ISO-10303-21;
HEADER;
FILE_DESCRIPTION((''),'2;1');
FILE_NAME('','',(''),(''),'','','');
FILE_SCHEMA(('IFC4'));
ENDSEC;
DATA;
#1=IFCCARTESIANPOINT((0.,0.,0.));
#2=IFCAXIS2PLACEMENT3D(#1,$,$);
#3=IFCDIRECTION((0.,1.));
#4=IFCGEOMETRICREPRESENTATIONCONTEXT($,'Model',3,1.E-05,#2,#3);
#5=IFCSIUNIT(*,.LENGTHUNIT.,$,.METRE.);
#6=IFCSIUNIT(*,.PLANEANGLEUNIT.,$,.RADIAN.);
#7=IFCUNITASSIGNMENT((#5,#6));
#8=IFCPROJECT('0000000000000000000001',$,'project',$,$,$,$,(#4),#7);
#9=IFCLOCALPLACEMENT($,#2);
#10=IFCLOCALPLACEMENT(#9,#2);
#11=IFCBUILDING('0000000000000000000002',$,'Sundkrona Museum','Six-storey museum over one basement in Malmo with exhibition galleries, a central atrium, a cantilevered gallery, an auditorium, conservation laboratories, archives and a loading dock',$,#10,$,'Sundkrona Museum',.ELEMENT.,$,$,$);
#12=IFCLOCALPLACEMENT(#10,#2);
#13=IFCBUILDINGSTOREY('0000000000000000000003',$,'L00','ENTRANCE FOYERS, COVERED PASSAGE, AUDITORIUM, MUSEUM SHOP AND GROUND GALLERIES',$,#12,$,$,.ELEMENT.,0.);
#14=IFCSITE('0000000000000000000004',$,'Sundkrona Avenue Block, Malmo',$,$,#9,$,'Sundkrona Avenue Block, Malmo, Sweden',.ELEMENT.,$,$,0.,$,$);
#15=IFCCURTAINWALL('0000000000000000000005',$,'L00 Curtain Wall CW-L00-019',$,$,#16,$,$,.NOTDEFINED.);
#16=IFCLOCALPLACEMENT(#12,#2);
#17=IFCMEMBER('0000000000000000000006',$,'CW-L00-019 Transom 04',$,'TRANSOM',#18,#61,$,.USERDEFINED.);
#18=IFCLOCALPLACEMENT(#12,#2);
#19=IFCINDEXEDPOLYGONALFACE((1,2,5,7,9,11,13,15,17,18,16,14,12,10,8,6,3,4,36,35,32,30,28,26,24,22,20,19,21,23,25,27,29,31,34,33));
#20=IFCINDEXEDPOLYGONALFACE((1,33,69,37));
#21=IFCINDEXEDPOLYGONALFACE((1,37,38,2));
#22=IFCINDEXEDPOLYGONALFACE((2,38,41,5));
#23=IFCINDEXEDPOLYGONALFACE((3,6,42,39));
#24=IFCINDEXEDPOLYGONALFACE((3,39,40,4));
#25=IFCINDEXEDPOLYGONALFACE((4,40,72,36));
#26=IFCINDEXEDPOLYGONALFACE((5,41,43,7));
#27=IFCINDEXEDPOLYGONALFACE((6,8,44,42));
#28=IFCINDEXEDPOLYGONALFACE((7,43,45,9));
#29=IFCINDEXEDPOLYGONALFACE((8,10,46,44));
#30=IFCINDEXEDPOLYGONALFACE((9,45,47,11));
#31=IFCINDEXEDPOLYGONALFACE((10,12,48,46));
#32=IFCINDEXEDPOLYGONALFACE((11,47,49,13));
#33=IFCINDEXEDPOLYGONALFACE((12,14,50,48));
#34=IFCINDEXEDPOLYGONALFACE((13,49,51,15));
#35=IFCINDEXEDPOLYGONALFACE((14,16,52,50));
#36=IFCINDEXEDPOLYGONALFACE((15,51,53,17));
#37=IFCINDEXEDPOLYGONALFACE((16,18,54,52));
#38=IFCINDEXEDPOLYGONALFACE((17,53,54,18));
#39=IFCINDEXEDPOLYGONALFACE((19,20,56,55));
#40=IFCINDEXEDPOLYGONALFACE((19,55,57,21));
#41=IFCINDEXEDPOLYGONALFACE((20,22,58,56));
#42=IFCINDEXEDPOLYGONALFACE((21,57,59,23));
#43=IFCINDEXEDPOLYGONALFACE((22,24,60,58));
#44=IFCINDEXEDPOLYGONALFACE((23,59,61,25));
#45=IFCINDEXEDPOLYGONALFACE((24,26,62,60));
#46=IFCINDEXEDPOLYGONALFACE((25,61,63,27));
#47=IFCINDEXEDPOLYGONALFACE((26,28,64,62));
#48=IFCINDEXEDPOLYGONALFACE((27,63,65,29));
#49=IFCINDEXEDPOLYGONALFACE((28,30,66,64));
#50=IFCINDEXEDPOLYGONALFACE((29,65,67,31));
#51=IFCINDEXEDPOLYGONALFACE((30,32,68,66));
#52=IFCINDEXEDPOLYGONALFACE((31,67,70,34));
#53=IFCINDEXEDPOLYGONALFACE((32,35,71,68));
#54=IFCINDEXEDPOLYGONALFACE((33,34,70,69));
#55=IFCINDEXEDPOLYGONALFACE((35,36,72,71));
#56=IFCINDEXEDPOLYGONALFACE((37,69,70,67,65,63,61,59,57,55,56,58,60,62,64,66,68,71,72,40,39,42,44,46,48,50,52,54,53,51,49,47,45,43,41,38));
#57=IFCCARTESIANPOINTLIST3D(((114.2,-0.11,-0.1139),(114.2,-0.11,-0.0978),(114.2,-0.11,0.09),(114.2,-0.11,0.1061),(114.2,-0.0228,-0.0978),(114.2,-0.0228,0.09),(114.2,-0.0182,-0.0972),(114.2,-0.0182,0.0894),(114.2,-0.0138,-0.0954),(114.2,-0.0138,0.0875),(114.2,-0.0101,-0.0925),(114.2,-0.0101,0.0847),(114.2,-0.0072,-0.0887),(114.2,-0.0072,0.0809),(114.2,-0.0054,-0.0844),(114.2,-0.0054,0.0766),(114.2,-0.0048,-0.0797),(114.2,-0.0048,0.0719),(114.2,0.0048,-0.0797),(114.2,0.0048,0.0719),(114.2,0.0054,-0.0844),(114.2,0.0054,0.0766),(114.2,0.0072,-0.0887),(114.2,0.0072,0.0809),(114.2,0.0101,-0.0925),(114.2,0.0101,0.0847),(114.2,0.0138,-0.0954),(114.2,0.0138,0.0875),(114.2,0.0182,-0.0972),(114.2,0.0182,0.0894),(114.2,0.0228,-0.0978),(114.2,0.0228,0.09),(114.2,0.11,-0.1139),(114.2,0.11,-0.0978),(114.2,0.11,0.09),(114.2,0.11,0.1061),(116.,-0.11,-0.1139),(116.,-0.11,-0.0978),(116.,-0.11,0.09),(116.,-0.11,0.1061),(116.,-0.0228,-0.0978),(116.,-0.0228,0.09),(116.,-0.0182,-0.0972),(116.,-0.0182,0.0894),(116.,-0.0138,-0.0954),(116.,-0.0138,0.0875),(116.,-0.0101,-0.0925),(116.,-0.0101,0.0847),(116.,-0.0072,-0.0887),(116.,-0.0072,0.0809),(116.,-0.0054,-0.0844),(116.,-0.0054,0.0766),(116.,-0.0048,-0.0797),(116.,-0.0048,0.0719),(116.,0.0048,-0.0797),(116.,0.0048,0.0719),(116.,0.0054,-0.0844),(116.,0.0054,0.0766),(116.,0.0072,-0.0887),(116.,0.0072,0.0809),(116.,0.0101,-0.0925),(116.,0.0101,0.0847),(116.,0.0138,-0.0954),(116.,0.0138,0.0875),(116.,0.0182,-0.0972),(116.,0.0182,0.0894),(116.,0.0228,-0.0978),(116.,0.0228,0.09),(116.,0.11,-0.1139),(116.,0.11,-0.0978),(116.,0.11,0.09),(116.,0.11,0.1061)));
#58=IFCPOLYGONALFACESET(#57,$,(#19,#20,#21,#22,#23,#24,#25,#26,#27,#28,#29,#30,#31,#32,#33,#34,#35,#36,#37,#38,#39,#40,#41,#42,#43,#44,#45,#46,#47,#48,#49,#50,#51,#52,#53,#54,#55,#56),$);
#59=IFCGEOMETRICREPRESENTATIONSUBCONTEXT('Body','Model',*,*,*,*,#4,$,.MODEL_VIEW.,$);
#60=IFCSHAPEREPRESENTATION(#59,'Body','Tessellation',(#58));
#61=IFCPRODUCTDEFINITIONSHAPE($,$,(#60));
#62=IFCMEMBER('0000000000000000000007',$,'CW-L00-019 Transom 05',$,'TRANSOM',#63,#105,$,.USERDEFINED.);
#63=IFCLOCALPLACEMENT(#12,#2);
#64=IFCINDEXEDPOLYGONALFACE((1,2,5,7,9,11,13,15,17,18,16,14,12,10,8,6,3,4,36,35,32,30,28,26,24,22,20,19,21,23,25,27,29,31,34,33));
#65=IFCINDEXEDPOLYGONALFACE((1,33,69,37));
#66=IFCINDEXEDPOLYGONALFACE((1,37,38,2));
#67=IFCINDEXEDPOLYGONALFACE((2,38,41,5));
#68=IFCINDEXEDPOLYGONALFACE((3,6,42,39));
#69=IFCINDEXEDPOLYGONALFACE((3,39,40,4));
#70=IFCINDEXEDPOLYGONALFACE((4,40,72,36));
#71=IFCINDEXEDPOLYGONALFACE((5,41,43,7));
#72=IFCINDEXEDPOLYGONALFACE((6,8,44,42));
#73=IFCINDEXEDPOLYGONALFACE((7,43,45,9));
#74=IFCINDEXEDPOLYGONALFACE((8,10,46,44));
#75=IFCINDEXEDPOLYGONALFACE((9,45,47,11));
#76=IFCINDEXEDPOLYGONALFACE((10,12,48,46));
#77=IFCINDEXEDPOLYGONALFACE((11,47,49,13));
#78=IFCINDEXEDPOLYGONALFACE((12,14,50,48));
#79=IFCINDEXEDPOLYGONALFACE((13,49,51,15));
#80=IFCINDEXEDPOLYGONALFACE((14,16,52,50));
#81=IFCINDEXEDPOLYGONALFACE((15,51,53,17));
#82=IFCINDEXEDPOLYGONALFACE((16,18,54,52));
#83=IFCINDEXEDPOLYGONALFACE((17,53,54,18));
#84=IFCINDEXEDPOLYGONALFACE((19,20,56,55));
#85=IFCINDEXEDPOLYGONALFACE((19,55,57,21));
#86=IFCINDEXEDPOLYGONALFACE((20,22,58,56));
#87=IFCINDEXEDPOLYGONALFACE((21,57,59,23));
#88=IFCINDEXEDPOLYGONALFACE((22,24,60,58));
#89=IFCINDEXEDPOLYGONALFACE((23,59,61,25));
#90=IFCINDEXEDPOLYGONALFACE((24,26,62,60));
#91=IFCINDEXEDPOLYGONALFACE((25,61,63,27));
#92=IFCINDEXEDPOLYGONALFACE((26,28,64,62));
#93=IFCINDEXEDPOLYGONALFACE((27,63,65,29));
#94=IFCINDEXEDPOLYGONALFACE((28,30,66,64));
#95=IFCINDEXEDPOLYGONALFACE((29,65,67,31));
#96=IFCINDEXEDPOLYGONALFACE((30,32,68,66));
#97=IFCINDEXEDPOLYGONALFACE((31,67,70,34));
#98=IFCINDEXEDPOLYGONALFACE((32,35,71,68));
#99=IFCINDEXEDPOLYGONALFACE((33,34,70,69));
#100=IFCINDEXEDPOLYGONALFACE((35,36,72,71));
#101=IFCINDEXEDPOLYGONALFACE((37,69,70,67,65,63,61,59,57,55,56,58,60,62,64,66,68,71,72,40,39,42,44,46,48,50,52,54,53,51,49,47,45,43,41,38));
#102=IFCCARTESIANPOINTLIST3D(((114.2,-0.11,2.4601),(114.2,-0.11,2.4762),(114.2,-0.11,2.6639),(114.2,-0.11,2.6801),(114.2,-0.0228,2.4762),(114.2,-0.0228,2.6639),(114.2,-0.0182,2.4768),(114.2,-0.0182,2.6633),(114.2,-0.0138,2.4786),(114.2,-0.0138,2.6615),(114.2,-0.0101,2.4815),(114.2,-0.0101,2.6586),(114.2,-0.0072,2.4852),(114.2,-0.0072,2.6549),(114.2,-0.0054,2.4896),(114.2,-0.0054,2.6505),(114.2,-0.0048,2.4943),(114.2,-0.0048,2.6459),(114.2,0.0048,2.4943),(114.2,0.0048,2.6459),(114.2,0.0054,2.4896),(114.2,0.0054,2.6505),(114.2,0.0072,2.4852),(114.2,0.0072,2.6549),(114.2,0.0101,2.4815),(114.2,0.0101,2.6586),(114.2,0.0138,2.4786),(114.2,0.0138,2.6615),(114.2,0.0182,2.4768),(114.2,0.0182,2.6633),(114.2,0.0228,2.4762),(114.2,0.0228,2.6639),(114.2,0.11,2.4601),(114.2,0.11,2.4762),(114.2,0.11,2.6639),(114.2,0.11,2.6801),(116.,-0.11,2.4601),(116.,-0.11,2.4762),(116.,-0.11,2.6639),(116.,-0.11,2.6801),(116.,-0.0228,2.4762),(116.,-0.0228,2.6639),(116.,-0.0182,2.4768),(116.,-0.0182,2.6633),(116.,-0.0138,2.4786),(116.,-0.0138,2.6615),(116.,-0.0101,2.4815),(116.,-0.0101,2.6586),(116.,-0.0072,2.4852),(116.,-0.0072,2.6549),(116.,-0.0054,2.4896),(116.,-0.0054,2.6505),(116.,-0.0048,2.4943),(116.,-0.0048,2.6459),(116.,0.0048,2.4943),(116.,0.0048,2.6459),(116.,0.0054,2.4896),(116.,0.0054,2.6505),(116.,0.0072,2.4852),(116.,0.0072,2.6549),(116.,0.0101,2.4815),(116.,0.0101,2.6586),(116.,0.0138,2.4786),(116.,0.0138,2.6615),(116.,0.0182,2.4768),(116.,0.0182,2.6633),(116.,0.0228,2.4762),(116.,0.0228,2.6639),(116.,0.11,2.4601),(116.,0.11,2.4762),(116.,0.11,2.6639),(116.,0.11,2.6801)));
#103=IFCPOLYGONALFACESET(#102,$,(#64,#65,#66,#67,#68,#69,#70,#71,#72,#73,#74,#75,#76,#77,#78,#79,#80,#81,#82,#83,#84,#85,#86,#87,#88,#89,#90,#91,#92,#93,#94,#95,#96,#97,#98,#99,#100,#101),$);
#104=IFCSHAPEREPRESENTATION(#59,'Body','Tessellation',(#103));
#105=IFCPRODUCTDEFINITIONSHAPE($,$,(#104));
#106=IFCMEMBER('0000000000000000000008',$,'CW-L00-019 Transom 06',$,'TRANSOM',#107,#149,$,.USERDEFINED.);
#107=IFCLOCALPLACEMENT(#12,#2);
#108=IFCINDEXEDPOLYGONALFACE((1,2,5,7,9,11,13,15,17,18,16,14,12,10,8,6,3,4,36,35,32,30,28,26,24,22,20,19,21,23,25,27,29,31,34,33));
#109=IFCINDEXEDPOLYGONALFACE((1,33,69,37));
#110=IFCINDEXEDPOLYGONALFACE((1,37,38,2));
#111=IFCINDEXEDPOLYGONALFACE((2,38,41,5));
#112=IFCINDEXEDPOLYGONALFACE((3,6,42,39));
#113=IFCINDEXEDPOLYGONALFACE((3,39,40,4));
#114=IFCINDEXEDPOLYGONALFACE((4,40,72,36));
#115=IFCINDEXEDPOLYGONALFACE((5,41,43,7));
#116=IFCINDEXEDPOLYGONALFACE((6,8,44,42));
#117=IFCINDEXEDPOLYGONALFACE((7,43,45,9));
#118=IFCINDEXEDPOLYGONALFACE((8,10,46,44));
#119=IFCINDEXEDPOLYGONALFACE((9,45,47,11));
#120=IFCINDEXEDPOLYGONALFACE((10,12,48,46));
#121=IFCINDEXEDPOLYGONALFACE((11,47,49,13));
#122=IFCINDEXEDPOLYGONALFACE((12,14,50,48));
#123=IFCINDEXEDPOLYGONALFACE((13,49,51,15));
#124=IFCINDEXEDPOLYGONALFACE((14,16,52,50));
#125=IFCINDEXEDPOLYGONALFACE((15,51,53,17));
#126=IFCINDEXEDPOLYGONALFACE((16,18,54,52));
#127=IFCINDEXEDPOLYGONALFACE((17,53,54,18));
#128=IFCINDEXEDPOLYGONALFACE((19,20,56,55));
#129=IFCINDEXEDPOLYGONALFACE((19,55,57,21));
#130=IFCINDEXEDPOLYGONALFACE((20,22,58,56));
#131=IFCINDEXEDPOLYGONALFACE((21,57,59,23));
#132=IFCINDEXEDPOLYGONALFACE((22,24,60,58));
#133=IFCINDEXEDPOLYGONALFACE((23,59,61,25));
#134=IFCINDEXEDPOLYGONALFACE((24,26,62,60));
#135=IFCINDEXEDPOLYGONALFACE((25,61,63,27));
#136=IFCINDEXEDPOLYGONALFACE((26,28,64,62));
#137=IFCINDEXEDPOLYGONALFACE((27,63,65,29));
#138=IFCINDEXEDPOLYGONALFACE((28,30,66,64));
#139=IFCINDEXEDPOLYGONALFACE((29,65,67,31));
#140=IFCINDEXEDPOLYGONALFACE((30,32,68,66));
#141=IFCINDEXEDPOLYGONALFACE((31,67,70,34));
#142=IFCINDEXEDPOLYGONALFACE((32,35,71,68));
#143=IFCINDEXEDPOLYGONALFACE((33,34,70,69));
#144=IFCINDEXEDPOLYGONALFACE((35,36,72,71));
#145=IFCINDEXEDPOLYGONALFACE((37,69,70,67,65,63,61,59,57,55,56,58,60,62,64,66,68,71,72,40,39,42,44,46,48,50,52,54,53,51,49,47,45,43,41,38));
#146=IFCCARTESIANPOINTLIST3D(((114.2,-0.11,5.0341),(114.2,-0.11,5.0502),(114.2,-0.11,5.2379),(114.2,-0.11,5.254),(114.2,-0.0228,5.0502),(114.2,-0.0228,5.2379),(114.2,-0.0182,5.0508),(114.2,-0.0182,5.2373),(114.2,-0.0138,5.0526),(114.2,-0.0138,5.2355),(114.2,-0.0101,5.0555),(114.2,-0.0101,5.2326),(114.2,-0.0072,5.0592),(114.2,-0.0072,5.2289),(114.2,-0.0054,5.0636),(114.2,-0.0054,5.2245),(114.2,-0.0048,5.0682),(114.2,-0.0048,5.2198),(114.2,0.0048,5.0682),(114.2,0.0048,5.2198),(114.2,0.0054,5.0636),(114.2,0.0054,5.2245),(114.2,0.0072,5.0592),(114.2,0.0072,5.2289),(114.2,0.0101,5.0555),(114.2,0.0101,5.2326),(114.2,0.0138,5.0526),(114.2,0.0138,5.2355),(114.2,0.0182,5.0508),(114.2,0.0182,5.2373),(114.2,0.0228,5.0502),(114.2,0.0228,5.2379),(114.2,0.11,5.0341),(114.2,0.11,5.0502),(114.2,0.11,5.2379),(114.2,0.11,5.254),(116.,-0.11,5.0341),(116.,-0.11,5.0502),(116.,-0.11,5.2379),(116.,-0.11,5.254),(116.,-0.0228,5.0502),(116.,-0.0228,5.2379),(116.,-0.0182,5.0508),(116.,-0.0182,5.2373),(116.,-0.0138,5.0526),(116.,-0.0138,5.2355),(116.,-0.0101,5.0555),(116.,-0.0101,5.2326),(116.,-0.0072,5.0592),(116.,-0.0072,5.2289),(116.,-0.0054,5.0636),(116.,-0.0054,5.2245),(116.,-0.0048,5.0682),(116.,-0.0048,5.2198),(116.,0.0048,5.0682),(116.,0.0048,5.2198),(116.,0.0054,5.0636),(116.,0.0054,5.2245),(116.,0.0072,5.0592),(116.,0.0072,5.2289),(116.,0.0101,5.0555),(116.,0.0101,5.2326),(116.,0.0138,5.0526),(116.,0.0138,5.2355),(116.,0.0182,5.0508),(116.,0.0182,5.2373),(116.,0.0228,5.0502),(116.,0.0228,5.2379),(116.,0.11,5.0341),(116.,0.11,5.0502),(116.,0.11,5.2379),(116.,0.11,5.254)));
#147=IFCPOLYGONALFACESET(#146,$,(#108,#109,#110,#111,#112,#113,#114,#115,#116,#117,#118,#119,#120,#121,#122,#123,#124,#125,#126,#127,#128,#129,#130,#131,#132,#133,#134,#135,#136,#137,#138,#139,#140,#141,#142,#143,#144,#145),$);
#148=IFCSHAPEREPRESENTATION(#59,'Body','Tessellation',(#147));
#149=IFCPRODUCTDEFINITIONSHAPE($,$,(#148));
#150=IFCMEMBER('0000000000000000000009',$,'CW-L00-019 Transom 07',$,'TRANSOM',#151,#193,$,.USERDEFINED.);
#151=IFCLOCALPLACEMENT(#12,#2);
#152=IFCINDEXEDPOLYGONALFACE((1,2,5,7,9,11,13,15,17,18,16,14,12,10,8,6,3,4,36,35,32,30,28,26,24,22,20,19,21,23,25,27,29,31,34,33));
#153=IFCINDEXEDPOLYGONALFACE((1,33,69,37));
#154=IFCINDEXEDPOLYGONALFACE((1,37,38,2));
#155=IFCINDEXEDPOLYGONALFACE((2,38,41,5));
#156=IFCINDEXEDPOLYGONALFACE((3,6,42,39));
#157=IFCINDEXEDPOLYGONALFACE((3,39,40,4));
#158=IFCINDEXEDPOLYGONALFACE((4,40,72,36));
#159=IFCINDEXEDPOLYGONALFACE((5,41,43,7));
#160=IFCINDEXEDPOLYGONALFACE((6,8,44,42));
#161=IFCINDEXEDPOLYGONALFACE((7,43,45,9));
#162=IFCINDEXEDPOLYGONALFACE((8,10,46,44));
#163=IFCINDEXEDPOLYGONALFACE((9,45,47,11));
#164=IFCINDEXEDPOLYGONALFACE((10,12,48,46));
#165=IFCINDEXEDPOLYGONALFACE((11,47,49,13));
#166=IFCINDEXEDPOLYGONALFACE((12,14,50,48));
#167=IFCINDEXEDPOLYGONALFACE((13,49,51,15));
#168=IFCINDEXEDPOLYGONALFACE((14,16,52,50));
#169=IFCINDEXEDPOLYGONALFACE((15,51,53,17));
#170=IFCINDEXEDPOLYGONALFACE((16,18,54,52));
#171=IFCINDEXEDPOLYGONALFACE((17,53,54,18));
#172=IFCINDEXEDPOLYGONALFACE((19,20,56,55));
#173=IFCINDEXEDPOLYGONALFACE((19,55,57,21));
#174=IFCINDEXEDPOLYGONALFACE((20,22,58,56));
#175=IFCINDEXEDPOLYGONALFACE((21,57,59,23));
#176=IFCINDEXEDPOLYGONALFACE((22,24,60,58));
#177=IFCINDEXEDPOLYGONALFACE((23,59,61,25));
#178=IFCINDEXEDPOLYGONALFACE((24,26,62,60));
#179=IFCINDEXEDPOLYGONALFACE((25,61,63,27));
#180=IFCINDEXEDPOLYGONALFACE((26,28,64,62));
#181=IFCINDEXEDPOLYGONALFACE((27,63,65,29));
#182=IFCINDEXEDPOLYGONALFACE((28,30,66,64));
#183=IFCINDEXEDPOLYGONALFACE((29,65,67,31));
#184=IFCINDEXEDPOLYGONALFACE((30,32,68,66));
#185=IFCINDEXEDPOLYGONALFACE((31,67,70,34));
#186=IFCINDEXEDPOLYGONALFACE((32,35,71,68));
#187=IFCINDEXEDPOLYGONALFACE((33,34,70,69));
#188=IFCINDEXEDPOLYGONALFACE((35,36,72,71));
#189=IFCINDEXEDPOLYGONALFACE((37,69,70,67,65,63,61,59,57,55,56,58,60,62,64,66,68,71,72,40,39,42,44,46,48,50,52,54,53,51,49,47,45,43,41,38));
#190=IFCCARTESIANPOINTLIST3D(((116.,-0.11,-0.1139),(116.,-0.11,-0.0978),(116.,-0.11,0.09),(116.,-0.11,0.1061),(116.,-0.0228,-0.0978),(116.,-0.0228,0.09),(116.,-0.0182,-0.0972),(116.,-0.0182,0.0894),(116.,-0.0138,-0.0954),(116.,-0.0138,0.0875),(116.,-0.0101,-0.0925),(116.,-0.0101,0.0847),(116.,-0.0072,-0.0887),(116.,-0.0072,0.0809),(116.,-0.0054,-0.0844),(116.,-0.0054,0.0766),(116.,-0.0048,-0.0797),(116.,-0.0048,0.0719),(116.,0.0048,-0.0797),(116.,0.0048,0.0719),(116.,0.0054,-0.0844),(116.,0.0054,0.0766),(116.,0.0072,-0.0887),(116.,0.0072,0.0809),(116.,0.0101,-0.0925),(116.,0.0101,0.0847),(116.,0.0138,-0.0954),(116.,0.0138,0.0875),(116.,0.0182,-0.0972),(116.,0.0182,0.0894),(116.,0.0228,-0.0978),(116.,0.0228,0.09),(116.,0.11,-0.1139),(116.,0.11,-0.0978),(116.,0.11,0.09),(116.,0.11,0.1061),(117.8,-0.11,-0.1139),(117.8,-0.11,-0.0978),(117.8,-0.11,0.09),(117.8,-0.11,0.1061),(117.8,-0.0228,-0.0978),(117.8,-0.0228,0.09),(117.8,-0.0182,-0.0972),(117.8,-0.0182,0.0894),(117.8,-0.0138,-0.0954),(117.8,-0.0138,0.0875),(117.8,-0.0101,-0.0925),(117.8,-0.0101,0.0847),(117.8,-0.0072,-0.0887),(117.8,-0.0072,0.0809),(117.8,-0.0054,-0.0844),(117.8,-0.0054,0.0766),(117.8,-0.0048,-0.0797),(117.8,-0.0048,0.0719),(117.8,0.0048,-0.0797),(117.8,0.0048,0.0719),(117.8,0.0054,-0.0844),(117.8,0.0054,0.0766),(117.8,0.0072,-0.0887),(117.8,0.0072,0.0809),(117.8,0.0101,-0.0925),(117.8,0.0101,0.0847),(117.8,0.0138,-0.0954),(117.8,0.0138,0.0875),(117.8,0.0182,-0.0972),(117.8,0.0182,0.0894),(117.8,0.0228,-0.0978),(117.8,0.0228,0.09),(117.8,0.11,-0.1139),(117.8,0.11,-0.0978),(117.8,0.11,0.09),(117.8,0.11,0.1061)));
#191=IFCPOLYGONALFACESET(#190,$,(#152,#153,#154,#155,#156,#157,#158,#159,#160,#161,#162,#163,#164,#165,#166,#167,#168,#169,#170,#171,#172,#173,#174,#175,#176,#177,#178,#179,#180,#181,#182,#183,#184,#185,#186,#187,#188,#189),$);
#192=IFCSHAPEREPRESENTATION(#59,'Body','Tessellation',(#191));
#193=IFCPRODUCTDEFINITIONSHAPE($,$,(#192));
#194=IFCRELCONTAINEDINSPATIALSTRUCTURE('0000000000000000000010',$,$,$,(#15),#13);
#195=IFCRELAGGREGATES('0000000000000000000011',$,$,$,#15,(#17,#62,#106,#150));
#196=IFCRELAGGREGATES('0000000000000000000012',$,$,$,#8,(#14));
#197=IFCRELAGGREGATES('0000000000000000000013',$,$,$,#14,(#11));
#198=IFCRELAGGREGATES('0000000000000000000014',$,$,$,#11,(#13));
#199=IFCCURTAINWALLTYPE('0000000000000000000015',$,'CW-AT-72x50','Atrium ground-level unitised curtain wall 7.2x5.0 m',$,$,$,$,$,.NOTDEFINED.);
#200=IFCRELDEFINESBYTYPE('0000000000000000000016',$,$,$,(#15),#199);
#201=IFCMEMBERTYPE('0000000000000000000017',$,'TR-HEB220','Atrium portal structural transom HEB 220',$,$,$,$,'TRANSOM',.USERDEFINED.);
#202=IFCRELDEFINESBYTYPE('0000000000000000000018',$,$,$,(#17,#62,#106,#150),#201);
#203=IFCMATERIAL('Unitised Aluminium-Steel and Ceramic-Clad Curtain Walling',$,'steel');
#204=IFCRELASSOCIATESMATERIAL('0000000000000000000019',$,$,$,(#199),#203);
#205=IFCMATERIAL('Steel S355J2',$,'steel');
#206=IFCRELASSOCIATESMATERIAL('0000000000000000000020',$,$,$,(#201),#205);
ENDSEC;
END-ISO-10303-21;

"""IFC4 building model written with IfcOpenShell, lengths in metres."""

from ifc_helpers import new_model, si_unit, direction, frame, origin, origin_2d, place, context, subcontext, project, spatial, i_section, extrude, material, material_profile, profile_set, type_object, element, aggregate, save


model = new_model("IFC4")

# Units and contexts
model_context = context("Model", 3, precision=1e-05, world=origin(), true_north=direction((0.0, 1.0)))
body_context = subcontext(model_context, "Body", "Model", "MODEL_VIEW")
ifc_project = project(units=[si_unit("LENGTHUNIT", "METRE"), si_unit("PLANEANGLEUNIT", "RADIAN")], contexts=[model_context])

# Site, building, storey
site_placement = place(None, origin())
site = spatial("IfcSite", under=ifc_project, at=site_placement, Name="Sundkrona Avenue Block, Malmo", LongName="Sundkrona Avenue Block, Malmo, Sweden", CompositionType="ELEMENT", RefElevation=0.0)
building_placement = place(site_placement, origin())
building = spatial("IfcBuilding", under=site, at=building_placement, Name="Sundkrona Museum", Description="Six-storey museum over one basement in Malmo with exhibition galleries, a central atrium, a cantilevered gallery, an auditorium, conservation laboratories, archives and a loading dock", LongName="Sundkrona Museum", CompositionType="ELEMENT")
storey_placement = place(building_placement, origin())
storey = spatial("IfcBuildingStorey", under=building, at=storey_placement, Name="L00", Description="ENTRANCE FOYERS, COVERED PASSAGE, AUDITORIUM, MUSEUM SHOP AND GROUND GALLERIES", CompositionType="ELEMENT", Elevation=0.0)

# Shared definitions
ifc_material_1 = material(Name="Steel S355J2", Category="steel")

# Curtain wall
ifc_material_2 = material(Name="Unitised Aluminium-Steel and Ceramic-Clad Curtain Walling", Category="steel")
curtain_wall_type = type_object("IfcCurtainWallType", Name="CW-AT-72x50", Description="Atrium ground-level unitised curtain wall 7.2x5.0 m", PredefinedType="NOTDEFINED", material=ifc_material_2)
curtain_wall_placement = place(storey_placement, origin())
curtain_wall = element("IfcCurtainWall", 1, at=curtain_wall_placement, inside=storey, type_object=curtain_wall_type, Name="L00 Curtain Wall CW-L00-019", PredefinedType="NOTDEFINED")

# Members
ifc_material_profile_1 = material_profile(ifc_material_1, i_section(OverallWidth=0.22, OverallDepth=0.22, WebThickness=0.0095, FlangeThickness=0.0161, FilletRadius=0.0181, at=origin_2d()), Name="HEB 220")
ifc_profile_set_1 = profile_set([ifc_material_profile_1], Name="Steel S355J2")
member_type_1 = type_object("IfcMemberType", Name="TR-HEB220", Description="Atrium portal structural transom HEB 220", ElementType="TRANSOM", PredefinedType="USERDEFINED", material=ifc_profile_set_1)
member_1_placement = place(storey_placement, frame((114.2, 0.0, -0.0039), z_axis=(1.0, 0.0, 0.0), x_axis=(0.0, 1.0, 0.0)))
member_1 = element("IfcMember", 2, at=member_1_placement, type_object=member_type_1, Name="CW-L00-019 Transom 04", ObjectType="TRANSOM", PredefinedType="USERDEFINED", context=body_context, shape_type="SweptSolid", body=[
    extrude(i_section(OverallWidth=0.22, OverallDepth=0.22, WebThickness=0.0095, FlangeThickness=0.0161, FilletRadius=0.0181, at=origin_2d()), origin(), (0.0, 0.0, 1.0), 1.8),
])
member_2_placement = place(storey_placement, frame((114.2, 0.0, 2.5701), z_axis=(1.0, 0.0, 0.0), x_axis=(0.0, 1.0, 0.0)))
member_2 = element("IfcMember", 3, at=member_2_placement, type_object=member_type_1, Name="CW-L00-019 Transom 05", ObjectType="TRANSOM", PredefinedType="USERDEFINED", context=body_context, shape_type="SweptSolid", body=[
    extrude(i_section(OverallWidth=0.22, OverallDepth=0.22, WebThickness=0.0095, FlangeThickness=0.0161, FilletRadius=0.0181, at=origin_2d()), origin(), (0.0, 0.0, 1.0), 1.8),
])
member_3_placement = place(storey_placement, frame((114.2, 0.0, 5.144), z_axis=(1.0, 0.0, 0.0), x_axis=(0.0, 1.0, 0.0)))
member_3 = element("IfcMember", 4, at=member_3_placement, type_object=member_type_1, Name="CW-L00-019 Transom 06", ObjectType="TRANSOM", PredefinedType="USERDEFINED", context=body_context, shape_type="SweptSolid", body=[
    extrude(i_section(OverallWidth=0.22, OverallDepth=0.22, WebThickness=0.0095, FlangeThickness=0.0161, FilletRadius=0.0181, at=origin_2d()), origin(), (0.0, 0.0, 1.0), 1.8),
])
member_4_placement = place(storey_placement, frame((116.0, 0.0, -0.0039), z_axis=(1.0, 0.0, 0.0), x_axis=(0.0, 1.0, 0.0)))
member_4 = element("IfcMember", 5, at=member_4_placement, type_object=member_type_1, Name="CW-L00-019 Transom 07", ObjectType="TRANSOM", PredefinedType="USERDEFINED", context=body_context, shape_type="SweptSolid", body=[
    extrude(i_section(OverallWidth=0.22, OverallDepth=0.22, WebThickness=0.0095, FlangeThickness=0.0161, FilletRadius=0.0181, at=origin_2d()), origin(), (0.0, 0.0, 1.0), 1.8),
])

aggregate(curtain_wall, [member_1, member_2, member_3, member_4])

save(model, "model.ifc")
